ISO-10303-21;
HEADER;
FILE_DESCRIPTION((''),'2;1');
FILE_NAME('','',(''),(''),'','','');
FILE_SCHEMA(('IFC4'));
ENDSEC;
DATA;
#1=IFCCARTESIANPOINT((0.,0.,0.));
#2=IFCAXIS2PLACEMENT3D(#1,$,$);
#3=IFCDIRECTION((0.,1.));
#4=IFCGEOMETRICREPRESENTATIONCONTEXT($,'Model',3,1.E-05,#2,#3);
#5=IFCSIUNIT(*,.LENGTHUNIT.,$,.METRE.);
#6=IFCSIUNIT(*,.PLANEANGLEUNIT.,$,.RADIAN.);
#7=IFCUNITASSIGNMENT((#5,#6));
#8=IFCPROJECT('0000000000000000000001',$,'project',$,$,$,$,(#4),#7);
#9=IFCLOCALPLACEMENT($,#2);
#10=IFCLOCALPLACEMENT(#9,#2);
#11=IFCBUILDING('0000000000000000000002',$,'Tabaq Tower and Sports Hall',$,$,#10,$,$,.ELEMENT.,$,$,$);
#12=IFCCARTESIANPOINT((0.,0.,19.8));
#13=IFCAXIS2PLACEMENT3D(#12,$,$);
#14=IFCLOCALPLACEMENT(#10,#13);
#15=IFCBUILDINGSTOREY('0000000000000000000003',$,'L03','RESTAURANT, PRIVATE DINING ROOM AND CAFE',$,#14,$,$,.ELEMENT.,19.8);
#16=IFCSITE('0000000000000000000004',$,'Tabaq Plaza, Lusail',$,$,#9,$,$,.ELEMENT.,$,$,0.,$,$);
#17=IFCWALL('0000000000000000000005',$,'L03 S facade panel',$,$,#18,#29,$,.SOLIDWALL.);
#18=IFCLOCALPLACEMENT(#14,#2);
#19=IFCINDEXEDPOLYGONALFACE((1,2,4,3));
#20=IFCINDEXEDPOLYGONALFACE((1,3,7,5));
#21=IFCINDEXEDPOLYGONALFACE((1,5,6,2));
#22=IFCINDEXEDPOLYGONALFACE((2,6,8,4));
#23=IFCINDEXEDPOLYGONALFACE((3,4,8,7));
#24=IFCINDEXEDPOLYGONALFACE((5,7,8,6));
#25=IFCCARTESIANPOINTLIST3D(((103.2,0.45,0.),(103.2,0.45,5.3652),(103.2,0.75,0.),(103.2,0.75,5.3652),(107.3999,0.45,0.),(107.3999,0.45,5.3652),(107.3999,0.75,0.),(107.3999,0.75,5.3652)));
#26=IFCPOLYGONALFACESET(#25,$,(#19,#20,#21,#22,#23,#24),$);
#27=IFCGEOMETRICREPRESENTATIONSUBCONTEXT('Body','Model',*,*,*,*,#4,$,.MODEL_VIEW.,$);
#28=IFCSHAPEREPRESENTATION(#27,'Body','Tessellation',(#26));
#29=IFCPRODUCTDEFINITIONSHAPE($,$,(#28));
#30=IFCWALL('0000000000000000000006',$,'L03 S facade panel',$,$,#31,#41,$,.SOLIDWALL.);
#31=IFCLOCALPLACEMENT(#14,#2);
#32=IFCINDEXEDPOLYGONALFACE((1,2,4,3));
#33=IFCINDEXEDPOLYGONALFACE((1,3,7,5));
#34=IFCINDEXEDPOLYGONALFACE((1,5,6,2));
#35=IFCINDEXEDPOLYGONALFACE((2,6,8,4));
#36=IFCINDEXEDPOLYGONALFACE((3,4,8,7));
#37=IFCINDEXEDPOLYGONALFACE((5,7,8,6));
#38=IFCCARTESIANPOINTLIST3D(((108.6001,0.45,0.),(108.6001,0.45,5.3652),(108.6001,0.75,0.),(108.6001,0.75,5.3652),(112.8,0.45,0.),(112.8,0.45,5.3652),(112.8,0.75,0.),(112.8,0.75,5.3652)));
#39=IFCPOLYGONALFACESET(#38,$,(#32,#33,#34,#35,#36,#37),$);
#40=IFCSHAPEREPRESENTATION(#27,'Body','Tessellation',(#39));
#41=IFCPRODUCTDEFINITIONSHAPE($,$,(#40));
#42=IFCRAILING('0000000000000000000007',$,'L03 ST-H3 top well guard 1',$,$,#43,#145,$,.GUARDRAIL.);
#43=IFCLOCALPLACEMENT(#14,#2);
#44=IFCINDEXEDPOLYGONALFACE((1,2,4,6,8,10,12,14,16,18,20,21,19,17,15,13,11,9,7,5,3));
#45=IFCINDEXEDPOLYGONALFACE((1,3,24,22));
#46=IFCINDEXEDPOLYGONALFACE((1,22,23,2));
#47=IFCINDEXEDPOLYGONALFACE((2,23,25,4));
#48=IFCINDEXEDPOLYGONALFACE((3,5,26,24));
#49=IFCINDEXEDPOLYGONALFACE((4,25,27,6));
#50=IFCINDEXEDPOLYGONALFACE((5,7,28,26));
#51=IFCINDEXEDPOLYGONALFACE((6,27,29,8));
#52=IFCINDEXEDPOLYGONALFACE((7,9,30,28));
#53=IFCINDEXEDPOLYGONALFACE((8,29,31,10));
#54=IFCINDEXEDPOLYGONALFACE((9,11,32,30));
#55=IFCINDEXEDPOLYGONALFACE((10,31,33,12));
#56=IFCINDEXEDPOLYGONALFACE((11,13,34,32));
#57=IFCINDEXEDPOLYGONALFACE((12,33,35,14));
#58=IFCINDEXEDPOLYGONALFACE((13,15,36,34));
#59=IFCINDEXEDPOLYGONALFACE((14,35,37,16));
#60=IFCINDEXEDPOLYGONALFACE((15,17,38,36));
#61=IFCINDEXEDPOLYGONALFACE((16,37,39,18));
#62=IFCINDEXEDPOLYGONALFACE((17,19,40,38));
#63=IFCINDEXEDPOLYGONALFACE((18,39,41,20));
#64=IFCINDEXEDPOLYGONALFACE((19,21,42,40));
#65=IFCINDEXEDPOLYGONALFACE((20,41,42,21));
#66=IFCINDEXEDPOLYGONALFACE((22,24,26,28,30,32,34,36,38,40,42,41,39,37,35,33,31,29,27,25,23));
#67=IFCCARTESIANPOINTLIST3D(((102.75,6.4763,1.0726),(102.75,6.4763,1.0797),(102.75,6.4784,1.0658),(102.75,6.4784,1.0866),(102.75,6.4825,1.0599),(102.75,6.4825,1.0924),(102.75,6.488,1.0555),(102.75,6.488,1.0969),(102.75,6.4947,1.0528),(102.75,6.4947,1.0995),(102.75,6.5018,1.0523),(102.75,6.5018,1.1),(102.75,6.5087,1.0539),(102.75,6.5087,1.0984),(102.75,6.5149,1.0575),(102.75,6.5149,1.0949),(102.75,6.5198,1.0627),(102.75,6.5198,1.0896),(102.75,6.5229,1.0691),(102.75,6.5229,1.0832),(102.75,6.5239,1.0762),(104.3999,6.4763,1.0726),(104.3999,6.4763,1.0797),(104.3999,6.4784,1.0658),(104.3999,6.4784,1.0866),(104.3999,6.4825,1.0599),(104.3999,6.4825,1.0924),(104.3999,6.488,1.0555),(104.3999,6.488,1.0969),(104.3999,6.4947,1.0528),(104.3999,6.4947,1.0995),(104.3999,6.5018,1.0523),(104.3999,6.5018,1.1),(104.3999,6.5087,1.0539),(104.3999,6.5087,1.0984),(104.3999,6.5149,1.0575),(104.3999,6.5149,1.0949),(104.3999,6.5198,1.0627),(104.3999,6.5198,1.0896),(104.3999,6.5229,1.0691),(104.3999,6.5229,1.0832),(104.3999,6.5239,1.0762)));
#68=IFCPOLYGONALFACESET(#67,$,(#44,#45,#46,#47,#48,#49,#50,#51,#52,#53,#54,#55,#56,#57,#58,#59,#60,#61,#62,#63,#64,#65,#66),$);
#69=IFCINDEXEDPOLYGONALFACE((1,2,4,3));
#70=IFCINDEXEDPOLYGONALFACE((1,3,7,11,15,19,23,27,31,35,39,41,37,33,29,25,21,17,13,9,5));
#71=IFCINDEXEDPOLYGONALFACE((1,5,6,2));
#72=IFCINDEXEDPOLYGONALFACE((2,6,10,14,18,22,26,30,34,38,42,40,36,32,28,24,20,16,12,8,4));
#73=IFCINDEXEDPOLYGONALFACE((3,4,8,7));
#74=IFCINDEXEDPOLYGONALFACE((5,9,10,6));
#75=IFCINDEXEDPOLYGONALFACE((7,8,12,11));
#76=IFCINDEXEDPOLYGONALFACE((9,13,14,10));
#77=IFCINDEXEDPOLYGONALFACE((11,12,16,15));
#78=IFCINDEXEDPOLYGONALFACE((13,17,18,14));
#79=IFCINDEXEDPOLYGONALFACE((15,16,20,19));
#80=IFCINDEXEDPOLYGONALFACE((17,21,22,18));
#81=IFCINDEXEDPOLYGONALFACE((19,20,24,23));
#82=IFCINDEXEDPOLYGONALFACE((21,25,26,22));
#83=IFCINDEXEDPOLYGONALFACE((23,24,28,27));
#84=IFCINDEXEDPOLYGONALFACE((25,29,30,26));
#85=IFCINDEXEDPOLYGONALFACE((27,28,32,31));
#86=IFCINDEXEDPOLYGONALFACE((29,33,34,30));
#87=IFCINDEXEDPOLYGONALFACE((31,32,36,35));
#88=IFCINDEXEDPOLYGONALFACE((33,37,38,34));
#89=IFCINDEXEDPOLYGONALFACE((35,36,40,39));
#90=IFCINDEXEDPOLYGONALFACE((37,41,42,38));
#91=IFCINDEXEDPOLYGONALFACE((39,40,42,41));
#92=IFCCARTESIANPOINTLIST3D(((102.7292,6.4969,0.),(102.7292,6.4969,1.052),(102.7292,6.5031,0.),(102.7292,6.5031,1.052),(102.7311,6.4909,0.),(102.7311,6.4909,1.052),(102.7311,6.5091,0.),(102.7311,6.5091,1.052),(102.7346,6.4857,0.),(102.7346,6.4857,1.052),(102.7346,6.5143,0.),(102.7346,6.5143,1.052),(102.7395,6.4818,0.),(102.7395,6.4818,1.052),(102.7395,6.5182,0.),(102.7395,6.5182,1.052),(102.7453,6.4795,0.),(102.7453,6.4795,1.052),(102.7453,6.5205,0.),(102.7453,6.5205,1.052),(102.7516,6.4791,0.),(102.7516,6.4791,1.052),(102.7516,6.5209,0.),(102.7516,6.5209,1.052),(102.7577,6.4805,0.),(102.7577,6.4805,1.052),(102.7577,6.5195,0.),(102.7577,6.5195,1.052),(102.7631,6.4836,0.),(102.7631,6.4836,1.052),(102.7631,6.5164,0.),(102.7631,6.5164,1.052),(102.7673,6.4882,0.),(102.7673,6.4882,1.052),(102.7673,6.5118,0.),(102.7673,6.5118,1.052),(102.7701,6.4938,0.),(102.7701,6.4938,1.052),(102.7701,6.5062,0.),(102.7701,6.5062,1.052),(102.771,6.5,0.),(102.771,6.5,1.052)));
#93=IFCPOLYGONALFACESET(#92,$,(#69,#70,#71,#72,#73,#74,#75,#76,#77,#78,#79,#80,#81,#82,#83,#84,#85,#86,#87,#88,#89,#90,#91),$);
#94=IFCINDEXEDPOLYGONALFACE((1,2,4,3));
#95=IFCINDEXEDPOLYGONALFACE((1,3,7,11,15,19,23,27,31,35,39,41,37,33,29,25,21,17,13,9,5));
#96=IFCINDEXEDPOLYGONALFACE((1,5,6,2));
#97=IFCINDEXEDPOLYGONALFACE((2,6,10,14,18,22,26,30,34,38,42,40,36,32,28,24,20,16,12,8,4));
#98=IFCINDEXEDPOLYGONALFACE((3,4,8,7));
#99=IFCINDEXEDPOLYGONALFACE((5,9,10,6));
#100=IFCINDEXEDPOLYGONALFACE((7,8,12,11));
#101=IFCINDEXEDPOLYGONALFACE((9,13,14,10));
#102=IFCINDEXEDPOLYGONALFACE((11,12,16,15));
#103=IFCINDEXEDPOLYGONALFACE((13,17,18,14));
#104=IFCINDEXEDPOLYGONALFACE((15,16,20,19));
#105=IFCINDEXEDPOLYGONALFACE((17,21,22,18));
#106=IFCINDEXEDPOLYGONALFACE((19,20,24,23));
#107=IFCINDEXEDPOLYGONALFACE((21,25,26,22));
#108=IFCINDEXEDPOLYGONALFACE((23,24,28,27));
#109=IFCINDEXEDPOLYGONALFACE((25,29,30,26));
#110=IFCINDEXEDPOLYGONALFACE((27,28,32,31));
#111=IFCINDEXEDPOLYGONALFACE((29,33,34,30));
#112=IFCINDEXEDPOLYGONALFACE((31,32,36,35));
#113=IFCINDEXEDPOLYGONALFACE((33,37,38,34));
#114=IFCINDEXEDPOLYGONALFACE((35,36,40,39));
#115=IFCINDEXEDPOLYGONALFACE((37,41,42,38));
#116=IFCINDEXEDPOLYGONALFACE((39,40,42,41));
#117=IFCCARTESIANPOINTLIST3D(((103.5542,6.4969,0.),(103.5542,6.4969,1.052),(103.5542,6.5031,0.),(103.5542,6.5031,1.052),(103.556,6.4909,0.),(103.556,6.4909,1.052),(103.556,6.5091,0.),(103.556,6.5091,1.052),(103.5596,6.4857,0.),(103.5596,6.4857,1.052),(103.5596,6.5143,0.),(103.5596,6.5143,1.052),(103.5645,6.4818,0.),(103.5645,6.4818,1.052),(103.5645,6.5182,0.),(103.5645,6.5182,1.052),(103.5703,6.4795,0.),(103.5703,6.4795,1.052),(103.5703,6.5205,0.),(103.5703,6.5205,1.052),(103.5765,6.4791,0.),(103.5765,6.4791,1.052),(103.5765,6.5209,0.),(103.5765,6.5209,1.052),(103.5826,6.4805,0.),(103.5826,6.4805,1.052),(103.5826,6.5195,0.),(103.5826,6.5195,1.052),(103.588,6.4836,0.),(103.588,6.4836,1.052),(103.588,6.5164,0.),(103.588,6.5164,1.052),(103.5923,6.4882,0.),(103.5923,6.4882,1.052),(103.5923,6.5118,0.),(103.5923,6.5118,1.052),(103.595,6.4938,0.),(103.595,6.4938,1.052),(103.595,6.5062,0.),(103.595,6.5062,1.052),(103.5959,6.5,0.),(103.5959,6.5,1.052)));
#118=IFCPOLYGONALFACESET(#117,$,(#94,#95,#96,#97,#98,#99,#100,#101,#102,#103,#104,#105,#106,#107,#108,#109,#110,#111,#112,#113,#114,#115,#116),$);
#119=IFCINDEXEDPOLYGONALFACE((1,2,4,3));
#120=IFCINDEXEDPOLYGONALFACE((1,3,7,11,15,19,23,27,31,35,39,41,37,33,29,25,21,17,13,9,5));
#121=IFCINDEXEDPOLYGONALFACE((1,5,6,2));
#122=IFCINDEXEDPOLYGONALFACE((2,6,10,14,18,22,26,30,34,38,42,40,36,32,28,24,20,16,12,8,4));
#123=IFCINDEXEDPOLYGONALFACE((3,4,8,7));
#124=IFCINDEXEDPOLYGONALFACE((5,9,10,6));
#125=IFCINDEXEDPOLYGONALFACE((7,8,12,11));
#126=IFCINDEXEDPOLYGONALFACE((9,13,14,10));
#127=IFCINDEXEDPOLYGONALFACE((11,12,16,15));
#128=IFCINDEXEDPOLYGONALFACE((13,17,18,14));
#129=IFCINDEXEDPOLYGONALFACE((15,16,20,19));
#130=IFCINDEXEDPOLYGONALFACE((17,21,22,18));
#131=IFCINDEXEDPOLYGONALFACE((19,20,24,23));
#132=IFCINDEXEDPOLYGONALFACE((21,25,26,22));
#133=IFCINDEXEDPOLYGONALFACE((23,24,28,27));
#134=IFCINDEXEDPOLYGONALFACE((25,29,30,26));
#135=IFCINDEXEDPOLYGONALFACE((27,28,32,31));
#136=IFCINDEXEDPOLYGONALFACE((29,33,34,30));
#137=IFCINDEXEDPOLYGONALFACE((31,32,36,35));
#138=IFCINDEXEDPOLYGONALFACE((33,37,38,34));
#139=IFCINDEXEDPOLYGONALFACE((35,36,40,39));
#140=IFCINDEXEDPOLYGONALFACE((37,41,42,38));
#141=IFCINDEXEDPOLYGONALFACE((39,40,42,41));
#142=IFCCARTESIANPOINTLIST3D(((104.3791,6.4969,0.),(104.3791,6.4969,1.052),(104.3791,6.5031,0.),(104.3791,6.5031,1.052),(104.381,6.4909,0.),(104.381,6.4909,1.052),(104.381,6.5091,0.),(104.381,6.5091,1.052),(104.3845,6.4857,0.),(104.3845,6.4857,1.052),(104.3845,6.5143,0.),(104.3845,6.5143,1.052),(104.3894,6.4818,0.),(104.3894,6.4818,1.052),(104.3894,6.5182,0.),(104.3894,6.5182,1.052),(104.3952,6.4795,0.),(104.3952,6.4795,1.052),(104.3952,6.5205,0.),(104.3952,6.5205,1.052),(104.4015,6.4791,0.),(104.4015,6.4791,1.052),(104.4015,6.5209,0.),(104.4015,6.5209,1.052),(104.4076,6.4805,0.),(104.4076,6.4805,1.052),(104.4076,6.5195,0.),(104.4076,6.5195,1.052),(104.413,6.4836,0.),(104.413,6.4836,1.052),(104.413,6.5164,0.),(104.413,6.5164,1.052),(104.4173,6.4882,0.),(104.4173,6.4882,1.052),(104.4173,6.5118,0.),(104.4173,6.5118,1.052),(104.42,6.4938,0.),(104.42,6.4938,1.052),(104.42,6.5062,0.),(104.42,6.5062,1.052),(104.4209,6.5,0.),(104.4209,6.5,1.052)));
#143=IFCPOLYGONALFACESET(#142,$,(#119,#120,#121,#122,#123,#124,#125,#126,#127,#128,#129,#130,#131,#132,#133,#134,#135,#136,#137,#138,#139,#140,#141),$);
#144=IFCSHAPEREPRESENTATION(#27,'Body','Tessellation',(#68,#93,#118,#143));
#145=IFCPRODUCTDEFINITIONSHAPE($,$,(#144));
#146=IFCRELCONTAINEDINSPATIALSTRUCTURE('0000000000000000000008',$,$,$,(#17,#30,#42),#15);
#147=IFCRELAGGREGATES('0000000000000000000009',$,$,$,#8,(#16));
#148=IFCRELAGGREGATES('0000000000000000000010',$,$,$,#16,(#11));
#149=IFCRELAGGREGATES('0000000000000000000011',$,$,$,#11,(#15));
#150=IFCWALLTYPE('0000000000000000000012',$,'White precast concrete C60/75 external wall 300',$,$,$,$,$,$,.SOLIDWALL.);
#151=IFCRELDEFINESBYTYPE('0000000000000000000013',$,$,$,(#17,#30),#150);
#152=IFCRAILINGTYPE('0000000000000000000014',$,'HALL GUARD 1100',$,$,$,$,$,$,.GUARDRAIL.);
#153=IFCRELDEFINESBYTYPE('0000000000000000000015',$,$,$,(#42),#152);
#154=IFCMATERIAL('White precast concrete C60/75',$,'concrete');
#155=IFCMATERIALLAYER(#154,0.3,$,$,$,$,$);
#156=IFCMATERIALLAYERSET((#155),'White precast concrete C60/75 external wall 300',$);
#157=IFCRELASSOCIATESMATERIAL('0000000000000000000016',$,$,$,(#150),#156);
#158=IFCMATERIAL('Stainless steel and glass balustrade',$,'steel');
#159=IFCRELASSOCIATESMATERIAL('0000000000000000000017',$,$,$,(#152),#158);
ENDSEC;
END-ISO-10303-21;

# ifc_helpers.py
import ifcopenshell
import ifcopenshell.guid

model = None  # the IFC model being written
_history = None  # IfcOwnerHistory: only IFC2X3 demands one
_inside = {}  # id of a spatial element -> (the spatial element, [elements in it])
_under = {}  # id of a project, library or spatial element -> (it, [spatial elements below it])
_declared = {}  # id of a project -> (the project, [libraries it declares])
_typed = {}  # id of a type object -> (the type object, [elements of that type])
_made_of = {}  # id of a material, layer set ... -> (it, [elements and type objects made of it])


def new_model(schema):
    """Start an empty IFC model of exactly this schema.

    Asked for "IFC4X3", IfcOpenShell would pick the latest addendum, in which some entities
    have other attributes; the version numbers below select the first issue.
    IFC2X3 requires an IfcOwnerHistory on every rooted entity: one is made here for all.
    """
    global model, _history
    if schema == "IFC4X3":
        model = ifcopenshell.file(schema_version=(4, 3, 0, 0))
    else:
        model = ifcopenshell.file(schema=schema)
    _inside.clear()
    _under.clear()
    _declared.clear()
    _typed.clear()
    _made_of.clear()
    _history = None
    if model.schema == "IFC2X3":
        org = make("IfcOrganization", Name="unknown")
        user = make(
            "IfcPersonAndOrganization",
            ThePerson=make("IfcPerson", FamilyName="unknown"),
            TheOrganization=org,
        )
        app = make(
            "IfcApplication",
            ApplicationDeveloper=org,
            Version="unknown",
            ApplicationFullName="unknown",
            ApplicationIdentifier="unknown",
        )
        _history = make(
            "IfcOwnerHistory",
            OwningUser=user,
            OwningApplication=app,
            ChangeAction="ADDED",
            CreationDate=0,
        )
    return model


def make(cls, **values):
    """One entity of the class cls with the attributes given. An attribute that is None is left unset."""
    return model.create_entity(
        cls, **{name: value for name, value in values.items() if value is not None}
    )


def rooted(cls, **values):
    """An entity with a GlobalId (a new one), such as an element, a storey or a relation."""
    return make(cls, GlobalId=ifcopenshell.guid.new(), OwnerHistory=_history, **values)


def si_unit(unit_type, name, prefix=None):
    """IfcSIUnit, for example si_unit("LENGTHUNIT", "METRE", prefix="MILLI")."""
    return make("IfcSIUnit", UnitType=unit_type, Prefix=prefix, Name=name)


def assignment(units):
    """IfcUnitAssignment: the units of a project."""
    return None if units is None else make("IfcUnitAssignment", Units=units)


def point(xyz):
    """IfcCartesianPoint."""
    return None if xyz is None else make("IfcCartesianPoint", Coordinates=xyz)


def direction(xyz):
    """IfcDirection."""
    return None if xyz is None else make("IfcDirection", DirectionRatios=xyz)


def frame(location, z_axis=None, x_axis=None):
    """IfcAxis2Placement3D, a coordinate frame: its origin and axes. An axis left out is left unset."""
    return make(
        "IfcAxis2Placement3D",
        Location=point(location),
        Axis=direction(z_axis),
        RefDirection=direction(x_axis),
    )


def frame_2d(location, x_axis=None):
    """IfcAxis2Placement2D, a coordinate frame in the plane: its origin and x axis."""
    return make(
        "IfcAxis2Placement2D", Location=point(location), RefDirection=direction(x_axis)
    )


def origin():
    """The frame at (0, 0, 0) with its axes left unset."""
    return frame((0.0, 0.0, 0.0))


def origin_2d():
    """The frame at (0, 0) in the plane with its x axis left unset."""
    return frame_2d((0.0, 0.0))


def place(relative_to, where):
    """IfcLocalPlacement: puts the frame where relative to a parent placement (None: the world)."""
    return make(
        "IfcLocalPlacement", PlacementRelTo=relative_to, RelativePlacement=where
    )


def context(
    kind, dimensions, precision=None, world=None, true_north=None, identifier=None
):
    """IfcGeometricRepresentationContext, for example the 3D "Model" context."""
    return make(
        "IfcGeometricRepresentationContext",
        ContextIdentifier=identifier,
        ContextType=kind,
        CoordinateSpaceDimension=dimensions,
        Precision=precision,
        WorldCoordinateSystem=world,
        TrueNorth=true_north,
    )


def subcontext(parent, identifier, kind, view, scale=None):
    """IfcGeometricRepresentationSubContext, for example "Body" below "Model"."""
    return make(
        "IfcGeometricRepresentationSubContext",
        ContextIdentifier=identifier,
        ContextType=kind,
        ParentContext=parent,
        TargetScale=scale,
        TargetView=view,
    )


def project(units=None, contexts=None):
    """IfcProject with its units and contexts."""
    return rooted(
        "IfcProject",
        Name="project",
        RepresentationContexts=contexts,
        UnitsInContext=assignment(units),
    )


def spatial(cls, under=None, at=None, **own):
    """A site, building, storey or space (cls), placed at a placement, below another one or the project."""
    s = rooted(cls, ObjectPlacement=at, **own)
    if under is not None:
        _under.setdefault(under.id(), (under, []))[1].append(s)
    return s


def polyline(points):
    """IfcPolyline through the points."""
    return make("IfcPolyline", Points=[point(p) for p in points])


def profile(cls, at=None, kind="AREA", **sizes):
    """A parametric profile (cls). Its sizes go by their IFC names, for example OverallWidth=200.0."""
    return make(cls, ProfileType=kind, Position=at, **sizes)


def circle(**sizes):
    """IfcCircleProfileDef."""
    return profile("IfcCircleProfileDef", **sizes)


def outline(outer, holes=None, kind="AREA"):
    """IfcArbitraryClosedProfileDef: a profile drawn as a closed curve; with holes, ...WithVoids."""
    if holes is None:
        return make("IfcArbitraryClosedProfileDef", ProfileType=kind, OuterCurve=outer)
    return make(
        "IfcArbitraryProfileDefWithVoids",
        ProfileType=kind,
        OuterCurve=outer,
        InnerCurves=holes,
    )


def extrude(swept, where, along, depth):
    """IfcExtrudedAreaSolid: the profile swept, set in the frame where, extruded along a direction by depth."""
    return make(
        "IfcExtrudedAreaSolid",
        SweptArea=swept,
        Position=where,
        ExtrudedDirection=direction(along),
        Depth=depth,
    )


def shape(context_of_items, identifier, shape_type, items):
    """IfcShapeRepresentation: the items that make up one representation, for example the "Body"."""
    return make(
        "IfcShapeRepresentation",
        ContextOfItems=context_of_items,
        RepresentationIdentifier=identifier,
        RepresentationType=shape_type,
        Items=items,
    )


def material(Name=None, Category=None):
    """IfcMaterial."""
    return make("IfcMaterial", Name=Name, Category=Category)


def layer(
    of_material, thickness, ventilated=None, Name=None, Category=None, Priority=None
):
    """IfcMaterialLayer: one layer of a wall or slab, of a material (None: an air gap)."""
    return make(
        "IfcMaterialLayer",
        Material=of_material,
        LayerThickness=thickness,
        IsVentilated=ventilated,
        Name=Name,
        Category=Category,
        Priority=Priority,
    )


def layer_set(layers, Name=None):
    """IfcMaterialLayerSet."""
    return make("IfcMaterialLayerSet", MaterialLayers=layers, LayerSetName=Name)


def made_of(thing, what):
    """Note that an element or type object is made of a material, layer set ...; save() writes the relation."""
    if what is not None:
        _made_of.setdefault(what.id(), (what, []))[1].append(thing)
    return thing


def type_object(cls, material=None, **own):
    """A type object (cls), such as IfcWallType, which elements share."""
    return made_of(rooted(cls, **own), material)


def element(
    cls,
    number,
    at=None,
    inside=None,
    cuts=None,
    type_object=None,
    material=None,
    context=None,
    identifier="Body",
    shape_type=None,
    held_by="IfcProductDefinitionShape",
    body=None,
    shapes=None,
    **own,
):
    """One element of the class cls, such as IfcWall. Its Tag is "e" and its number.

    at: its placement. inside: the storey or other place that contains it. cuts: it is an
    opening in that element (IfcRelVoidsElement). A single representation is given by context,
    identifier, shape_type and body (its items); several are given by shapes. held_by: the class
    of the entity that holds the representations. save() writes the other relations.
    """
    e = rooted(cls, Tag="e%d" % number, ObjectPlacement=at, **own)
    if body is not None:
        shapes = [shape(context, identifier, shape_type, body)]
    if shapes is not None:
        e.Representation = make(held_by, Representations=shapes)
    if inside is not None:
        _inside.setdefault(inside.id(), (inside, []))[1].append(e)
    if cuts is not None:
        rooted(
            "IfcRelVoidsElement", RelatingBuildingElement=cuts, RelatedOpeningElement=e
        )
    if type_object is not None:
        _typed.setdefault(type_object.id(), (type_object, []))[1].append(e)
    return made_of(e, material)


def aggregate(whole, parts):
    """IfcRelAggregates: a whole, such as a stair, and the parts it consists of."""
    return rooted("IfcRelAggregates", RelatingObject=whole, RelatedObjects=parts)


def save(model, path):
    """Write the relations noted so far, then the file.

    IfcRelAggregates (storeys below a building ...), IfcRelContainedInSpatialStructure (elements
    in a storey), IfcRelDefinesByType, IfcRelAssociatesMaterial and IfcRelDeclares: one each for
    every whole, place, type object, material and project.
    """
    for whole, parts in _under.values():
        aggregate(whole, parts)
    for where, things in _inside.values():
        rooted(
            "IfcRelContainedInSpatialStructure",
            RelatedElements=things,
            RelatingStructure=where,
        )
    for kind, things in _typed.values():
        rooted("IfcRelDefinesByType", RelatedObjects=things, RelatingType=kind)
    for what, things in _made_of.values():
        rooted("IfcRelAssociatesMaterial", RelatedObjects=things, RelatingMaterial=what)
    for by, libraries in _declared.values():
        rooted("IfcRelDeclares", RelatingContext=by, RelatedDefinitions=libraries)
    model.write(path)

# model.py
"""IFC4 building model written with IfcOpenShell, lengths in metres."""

from ifc_helpers import new_model, si_unit, direction, frame, origin, origin_2d, place, context, subcontext, project, spatial, polyline, circle, outline, extrude, material, layer, layer_set, type_object, element, save


model = new_model("IFC4")

# Units and contexts
model_context = context("Model", 3, precision=1e-05, world=origin(), true_north=direction((0.0, 1.0)))
body_context = subcontext(model_context, "Body", "Model", "MODEL_VIEW")
ifc_project = project(units=[si_unit("LENGTHUNIT", "METRE"), si_unit("PLANEANGLEUNIT", "RADIAN")], contexts=[model_context])

# Site, building, storey
site_placement = place(None, origin())
site = spatial("IfcSite", under=ifc_project, at=site_placement, Name="Tabaq Plaza, Lusail", CompositionType="ELEMENT", RefElevation=0.0)
building_placement = place(site_placement, origin())
building = spatial("IfcBuilding", under=site, at=building_placement, Name="Tabaq Tower and Sports Hall", CompositionType="ELEMENT")
storey_placement = place(building_placement, frame((0.0, 0.0, 19.8)))
storey = spatial("IfcBuildingStorey", under=building, at=storey_placement, Name="L03", Description="RESTAURANT, PRIVATE DINING ROOM AND CAFE", CompositionType="ELEMENT", Elevation=19.8)

# Walls
ifc_material_1 = material(Name="White precast concrete C60/75", Category="concrete")
ifc_layer_1 = layer(ifc_material_1, 0.3)
ifc_layer_set_1 = layer_set([ifc_layer_1], Name="White precast concrete C60/75 external wall 300")
wall_type_1 = type_object("IfcWallType", Name="White precast concrete C60/75 external wall 300", PredefinedType="SOLIDWALL", material=ifc_layer_set_1)
for number, where, z_axis, x_axis, name in (
    (1, (103.2, 0.6001, 0.0), (0.0, 0.0, 1.0), (1.0, 0.0, 0.0), "L03 S facade panel"),
    (2, (108.6001, 0.6001, 0.0), (0.0, 0.0, 1.0), (1.0, 0.0, 0.0), "L03 S facade panel"),
):
    element("IfcWall", number, at=place(storey_placement, frame(where, z_axis=z_axis, x_axis=x_axis)), inside=storey, type_object=wall_type_1, Name=name, PredefinedType="SOLIDWALL", context=body_context, shape_type="SweptSolid", body=[
        extrude(outline(polyline([(0.0, 0.0), (4.2, 0.0), (4.2, 5.3652), (0.0, 5.3652), (0.0, 0.0)])), frame((0.0, 0.1499, 0.0), z_axis=(0.0, -1.0, 0.0), x_axis=(1.0, 0.0, 0.0)), (0.0, 0.0, 1.0), 0.3),
    ])

# Railing
ifc_material_2 = material(Name="Stainless steel and glass balustrade", Category="steel")
railing_type = type_object("IfcRailingType", Name="HALL GUARD 1100", PredefinedType="GUARDRAIL", material=ifc_material_2)
railing_1_placement = place(storey_placement, frame((102.75, 6.5, 0.0)))
element("IfcRailing", 3, at=railing_1_placement, inside=storey, type_object=railing_type, Name="L03 ST-H3 top well guard 1", PredefinedType="GUARDRAIL", context=body_context, shape_type="SweptSolid", body=[
    extrude(circle(Radius=0.0239, at=origin_2d()), frame((0.0, 0.0, 1.0762), z_axis=(1.0, 0.0, 0.0), x_axis=(0.0, 1.0, 0.0)), (0.0, 0.0, 1.0), 1.6499),
    extrude(circle(Radius=0.021, at=origin_2d()), origin(), (0.0, 0.0, 1.0), 1.052),
    extrude(circle(Radius=0.021, at=origin_2d()), frame((0.825, 0.0, 0.0)), (0.0, 0.0, 1.0), 1.052),
    extrude(circle(Radius=0.021, at=origin_2d()), frame((1.6499, 0.0, 0.0)), (0.0, 0.0, 1.0), 1.052),
])

save(model, "model.ifc")
